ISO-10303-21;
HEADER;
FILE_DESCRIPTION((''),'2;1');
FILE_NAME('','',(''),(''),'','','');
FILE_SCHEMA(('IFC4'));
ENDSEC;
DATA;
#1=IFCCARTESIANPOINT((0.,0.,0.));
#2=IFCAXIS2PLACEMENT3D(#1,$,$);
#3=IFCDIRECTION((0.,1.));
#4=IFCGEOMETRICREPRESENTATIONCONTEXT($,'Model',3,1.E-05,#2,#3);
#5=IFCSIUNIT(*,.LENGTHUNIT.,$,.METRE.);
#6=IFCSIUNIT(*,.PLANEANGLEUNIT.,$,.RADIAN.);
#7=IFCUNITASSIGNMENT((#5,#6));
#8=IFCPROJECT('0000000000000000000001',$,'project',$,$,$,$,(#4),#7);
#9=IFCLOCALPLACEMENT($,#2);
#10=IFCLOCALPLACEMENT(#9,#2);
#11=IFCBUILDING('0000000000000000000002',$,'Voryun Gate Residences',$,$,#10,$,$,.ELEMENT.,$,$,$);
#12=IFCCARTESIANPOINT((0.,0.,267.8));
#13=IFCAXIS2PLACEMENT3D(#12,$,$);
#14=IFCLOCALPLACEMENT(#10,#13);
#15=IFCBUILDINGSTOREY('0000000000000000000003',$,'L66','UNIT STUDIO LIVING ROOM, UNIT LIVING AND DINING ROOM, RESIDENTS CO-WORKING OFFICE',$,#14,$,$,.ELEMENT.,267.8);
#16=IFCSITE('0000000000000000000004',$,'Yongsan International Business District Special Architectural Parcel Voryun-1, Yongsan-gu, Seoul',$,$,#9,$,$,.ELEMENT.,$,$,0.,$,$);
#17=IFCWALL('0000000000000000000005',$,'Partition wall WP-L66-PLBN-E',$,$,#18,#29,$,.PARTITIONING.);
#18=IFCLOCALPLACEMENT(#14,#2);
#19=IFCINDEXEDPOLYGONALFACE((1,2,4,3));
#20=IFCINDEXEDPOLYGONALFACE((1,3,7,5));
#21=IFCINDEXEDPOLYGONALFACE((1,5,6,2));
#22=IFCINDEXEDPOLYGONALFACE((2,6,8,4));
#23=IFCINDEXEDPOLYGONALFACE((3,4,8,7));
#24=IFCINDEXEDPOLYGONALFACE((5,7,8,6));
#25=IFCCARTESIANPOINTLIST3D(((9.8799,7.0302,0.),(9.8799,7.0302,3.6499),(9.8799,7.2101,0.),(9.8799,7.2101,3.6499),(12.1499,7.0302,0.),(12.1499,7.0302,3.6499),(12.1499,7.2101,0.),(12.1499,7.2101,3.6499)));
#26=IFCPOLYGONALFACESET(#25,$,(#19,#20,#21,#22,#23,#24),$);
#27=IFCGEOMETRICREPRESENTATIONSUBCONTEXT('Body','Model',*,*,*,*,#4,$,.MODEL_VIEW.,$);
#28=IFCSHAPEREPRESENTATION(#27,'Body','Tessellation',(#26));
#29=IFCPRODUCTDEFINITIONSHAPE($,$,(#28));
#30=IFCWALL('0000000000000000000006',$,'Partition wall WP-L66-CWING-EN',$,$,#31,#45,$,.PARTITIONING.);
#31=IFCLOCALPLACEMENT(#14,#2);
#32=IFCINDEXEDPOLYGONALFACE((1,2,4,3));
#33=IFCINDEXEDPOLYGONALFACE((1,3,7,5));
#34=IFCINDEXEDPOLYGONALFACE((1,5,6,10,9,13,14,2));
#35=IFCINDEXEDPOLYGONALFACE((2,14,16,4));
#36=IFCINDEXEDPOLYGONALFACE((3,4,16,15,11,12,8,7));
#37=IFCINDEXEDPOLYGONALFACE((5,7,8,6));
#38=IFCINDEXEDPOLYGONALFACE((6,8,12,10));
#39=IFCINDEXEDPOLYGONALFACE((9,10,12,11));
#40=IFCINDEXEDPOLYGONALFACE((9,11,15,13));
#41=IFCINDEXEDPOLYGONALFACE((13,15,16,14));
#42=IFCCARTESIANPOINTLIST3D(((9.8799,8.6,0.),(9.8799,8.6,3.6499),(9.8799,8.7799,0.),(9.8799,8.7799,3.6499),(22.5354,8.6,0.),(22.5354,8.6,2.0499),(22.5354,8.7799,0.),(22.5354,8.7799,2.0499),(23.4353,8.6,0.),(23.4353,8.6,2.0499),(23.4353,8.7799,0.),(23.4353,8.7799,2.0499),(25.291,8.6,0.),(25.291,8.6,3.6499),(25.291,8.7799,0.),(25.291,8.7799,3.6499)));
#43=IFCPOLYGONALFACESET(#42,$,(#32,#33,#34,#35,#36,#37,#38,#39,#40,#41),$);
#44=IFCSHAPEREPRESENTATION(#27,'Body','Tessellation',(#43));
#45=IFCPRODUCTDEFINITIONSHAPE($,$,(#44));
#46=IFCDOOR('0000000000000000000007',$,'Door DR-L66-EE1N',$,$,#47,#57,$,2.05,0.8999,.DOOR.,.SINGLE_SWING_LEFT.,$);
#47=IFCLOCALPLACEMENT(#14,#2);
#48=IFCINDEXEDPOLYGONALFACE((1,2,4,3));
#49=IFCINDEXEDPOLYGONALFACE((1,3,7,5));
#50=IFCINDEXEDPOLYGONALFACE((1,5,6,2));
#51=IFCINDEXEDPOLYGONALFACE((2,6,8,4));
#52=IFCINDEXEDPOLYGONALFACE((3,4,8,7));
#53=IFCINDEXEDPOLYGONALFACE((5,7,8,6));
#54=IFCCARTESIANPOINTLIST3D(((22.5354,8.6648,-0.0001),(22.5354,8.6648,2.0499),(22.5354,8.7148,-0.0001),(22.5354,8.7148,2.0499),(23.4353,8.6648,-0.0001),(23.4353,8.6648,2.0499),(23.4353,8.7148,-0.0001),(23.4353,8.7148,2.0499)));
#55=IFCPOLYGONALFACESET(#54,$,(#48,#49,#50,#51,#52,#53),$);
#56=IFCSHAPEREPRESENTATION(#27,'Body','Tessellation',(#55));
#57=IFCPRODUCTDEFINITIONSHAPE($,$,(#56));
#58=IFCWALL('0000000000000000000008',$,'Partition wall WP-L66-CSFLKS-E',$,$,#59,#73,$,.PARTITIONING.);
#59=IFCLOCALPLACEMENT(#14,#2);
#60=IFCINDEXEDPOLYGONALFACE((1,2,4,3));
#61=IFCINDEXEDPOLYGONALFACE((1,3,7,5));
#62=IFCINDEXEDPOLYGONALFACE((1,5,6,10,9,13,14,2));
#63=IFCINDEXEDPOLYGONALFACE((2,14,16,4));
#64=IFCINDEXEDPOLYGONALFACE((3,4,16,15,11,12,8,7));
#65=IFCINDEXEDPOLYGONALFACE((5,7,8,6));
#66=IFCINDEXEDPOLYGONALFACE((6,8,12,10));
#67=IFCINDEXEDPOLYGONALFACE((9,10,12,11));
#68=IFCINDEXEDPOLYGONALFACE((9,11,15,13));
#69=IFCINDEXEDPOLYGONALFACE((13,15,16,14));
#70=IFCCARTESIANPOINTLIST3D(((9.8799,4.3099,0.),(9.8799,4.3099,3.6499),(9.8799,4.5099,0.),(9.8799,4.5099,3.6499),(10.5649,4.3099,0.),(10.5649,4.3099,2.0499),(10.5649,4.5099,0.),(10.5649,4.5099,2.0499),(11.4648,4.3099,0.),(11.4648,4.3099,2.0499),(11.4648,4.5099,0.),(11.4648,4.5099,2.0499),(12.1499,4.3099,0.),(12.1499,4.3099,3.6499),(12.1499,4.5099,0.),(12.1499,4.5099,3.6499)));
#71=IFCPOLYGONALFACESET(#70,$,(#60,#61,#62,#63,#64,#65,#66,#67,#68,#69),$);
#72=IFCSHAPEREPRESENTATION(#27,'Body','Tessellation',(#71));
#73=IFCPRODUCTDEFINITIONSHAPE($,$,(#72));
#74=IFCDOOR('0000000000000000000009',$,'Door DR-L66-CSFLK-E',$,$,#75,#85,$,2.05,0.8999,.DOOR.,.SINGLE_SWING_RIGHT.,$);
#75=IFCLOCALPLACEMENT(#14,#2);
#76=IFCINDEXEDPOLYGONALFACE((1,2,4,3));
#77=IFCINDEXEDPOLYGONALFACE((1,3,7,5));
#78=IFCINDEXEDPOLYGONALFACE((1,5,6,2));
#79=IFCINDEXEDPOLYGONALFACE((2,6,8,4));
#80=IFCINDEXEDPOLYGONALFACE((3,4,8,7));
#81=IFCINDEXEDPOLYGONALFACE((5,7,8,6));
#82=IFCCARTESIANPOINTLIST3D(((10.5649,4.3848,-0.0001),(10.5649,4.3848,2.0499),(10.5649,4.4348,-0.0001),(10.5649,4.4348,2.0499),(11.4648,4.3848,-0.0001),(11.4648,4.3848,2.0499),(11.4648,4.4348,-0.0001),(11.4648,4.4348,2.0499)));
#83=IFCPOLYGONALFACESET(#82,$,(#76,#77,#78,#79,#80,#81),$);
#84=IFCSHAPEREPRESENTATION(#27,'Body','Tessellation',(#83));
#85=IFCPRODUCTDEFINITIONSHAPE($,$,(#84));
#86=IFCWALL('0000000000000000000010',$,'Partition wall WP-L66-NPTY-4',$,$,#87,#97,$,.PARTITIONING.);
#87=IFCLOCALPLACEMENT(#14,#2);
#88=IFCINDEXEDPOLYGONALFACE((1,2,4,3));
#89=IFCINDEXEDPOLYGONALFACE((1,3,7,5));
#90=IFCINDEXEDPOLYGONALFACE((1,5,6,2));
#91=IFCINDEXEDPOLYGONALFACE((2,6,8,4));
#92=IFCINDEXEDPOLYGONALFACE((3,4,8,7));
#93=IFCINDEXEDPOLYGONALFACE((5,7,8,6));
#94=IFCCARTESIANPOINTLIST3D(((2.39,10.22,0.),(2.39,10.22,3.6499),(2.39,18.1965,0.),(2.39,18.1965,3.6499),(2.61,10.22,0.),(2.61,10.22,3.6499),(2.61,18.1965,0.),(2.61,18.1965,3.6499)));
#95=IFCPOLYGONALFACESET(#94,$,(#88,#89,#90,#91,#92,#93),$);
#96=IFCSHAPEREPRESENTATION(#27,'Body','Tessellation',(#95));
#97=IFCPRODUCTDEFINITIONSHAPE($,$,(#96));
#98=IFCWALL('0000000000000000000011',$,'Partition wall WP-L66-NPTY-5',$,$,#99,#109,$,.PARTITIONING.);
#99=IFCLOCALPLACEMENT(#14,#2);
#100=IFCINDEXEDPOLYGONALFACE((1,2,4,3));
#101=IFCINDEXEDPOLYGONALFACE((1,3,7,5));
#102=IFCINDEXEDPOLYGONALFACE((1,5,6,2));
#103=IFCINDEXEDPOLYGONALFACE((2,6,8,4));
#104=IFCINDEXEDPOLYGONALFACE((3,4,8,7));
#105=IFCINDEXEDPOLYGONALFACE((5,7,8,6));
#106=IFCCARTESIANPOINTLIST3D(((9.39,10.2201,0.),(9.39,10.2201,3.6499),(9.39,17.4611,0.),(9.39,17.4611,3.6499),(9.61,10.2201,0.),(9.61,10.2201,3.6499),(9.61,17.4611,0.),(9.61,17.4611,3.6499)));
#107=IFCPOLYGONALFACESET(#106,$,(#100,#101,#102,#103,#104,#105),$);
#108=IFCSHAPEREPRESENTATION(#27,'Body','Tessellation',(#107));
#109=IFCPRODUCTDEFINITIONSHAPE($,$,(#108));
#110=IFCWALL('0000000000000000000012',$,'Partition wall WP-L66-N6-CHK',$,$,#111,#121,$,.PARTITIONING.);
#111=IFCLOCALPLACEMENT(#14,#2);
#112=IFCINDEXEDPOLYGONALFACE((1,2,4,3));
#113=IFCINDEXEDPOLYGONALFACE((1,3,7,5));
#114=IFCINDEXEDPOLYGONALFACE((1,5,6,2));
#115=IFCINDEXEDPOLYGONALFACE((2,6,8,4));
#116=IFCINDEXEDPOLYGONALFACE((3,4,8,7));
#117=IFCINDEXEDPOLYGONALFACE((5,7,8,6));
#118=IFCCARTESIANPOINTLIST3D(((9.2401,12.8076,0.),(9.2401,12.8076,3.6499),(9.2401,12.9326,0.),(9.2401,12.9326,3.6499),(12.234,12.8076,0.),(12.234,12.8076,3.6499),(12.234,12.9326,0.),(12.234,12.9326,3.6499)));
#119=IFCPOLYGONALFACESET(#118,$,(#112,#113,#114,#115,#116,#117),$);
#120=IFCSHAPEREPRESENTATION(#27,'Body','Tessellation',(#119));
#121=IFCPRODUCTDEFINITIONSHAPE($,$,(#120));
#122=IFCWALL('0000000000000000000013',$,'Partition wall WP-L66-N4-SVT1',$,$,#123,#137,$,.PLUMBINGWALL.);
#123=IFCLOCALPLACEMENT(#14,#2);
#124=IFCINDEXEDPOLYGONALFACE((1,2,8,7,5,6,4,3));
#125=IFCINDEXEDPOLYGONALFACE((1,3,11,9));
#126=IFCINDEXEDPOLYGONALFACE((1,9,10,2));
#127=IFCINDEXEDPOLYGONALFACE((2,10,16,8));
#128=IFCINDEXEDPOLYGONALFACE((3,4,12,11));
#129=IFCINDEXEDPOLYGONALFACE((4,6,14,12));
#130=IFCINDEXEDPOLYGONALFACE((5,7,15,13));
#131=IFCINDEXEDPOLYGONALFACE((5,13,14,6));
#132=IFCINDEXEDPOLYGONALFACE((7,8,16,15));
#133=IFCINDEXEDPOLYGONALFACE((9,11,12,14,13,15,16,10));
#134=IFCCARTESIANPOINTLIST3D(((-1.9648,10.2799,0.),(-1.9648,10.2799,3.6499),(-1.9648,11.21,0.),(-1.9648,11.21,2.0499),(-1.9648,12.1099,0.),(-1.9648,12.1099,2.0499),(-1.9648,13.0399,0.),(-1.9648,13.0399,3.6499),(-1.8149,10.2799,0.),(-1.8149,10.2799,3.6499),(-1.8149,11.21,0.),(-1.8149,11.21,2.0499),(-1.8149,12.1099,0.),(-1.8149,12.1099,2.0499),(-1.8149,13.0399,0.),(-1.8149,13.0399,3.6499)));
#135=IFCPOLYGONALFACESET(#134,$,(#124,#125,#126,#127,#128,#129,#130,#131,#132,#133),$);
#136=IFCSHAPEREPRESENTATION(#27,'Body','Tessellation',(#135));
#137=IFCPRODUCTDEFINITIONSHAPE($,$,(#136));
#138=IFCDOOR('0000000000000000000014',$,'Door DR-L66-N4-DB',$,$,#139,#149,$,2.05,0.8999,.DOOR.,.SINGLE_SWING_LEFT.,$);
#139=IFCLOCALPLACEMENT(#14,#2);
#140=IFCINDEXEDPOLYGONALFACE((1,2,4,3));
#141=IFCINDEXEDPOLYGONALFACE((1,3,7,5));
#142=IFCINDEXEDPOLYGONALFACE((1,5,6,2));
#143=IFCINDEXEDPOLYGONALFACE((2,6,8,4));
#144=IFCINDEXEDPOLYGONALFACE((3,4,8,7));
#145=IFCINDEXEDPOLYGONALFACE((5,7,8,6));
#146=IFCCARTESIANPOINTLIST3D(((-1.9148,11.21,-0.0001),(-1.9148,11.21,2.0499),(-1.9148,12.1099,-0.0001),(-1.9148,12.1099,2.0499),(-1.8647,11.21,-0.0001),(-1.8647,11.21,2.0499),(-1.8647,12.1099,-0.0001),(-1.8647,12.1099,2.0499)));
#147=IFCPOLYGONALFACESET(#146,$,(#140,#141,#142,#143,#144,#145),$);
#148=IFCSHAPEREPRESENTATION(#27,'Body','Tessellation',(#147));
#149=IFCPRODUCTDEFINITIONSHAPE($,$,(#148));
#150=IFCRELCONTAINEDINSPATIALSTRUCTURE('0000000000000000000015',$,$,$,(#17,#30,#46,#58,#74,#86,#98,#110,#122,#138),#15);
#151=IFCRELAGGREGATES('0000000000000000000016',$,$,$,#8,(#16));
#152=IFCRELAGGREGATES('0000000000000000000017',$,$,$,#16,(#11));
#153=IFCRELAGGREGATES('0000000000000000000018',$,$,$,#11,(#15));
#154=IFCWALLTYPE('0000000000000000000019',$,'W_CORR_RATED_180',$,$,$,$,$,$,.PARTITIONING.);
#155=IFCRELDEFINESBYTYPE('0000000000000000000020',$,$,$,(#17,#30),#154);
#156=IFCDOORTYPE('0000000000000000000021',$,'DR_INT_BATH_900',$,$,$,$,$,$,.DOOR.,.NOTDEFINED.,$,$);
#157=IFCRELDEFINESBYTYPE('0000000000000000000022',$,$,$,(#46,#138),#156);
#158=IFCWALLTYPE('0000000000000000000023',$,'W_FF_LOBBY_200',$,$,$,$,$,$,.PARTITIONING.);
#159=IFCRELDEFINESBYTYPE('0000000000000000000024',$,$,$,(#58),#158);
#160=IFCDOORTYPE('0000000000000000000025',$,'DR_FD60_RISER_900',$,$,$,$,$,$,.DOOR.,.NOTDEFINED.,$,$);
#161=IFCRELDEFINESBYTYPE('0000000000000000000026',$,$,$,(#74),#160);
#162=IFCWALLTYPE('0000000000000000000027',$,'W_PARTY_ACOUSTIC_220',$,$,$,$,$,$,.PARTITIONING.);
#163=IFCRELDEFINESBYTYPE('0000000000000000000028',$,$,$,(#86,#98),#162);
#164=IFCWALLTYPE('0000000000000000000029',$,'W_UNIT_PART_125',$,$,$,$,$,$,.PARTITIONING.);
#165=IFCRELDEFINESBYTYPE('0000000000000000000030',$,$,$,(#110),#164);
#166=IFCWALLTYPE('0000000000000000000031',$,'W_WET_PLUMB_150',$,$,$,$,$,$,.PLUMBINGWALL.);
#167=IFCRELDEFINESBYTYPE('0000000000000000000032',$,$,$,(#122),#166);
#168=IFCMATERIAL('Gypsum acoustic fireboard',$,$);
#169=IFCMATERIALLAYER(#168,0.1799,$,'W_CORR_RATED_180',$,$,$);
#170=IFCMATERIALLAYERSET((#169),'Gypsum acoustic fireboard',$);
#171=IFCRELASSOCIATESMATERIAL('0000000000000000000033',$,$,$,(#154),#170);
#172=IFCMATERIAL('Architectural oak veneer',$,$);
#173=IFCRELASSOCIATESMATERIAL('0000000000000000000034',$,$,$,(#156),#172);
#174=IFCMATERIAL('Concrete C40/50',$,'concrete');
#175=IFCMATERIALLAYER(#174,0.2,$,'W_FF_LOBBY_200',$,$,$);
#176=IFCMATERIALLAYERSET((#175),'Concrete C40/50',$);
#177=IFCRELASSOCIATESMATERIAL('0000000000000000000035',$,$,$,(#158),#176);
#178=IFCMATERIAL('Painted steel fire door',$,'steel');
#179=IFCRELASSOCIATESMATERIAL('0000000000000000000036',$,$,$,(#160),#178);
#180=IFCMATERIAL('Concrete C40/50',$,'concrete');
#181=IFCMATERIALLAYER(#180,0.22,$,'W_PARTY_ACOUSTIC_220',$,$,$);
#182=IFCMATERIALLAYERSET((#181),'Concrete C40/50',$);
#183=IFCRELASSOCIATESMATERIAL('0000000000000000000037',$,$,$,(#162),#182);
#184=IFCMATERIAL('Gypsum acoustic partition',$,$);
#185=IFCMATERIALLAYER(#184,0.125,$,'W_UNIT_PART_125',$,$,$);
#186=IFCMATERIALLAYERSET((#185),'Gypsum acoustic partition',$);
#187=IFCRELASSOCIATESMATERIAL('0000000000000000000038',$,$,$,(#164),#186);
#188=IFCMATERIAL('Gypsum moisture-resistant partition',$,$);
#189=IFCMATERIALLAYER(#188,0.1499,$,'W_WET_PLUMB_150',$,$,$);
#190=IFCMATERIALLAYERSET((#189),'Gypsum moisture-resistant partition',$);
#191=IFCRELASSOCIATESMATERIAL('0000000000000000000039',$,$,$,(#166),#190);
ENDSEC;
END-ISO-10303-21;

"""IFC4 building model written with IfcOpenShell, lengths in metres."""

from ifc_helpers import new_model, si_unit, direction, frame, frame_2d, origin, place, context, subcontext, project, spatial, rectangle, extrude, material, layer, layer_set, type_object, element, fill, save


model = new_model("IFC4")

# Units and contexts
model_context = context("Model", 3, precision=1e-05, world=origin(), true_north=direction((0.0, 1.0)))
body_context = subcontext(model_context, "Body", "Model", "MODEL_VIEW")
ifc_project = project(units=[si_unit("LENGTHUNIT", "METRE"), si_unit("PLANEANGLEUNIT", "RADIAN")], contexts=[model_context])

# Site, building, storey
site_placement = place(None, origin())
site = spatial("IfcSite", under=ifc_project, at=site_placement, Name="Yongsan International Business District Special Architectural Parcel Voryun-1, Yongsan-gu, Seoul", CompositionType="ELEMENT", RefElevation=0.0)
building_placement = place(site_placement, origin())
building = spatial("IfcBuilding", under=site, at=building_placement, Name="Voryun Gate Residences", CompositionType="ELEMENT")
storey_placement = place(building_placement, frame((0.0, 0.0, 267.8)))
storey = spatial("IfcBuildingStorey", under=building, at=storey_placement, Name="L66", Description="UNIT STUDIO LIVING ROOM, UNIT LIVING AND DINING ROOM, RESIDENTS CO-WORKING OFFICE", CompositionType="ELEMENT", Elevation=267.8)

# Wall
ifc_material_1 = material(Name="Gypsum acoustic fireboard")
ifc_layer_1 = layer(ifc_material_1, 0.1799, Name="W_CORR_RATED_180")
ifc_layer_set_1 = layer_set([ifc_layer_1], Name="Gypsum acoustic fireboard")
wall_type_1 = type_object("IfcWallType", Name="W_CORR_RATED_180", PredefinedType="PARTITIONING", material=ifc_layer_set_1)
wall_1_placement = place(storey_placement, frame((9.8799, 7.1201, 0.0), z_axis=(0.0, 0.0, 1.0), x_axis=(1.0, 0.0, 0.0)))
element("IfcWall", 1, at=wall_1_placement, inside=storey, type_object=wall_type_1, Name="Partition wall WP-L66-PLBN-E", PredefinedType="PARTITIONING", context=body_context, shape_type="SweptSolid", body=[
    extrude(rectangle(XDim=2.27, YDim=0.1799, at=frame_2d((1.135, 0.0))), origin(), (0.0, 0.0, 1.0), 3.6499),
])

# Walls, openings, doors
wall_2_placement = place(storey_placement, frame((9.8799, 8.6899, 0.0), z_axis=(0.0, 0.0, 1.0), x_axis=(1.0, 0.0, 0.0)))
wall_2 = element("IfcWall", 2, at=wall_2_placement, inside=storey, type_object=wall_type_1, Name="Partition wall WP-L66-CWING-EN", PredefinedType="PARTITIONING", context=body_context, shape_type="SweptSolid", body=[
    extrude(rectangle(XDim=15.4111, YDim=0.1799, at=frame_2d((7.7056, 0.0))), origin(), (0.0, 0.0, 1.0), 3.6499),
])
opening_1_placement = place(wall_2_placement, frame((12.6555, 0.0, 0.0)))
opening_1 = element("IfcOpeningElement", 3, at=opening_1_placement, cuts=wall_2, PredefinedType="OPENING", context=body_context, shape_type="SweptSolid", body=[
    extrude(rectangle(XDim=0.8999, YDim=2.05, at=frame_2d((0.45, 1.0249))), frame((0.0, 0.0999, 0.0), z_axis=(0.0, -1.0, 0.0), x_axis=(1.0, 0.0, 0.0)), (0.0, 0.0, 1.0), 0.2),
])
ifc_material_2 = material(Name="Architectural oak veneer")
door_type_1 = type_object("IfcDoorType", Name="DR_INT_BATH_900", OperationType="NOTDEFINED", PredefinedType="DOOR", material=ifc_material_2)
door_1_placement = place(opening_1_placement, origin())
door_1 = element("IfcDoor", 4, at=door_1_placement, inside=storey, type_object=door_type_1, Name="Door DR-L66-EE1N", OperationType="SINGLE_SWING_LEFT", OverallHeight=2.05, OverallWidth=0.8999, PredefinedType="DOOR", context=body_context, shape_type="SweptSolid", body=[
    extrude(rectangle(XDim=0.8999, YDim=2.05, at=frame_2d((0.45, 1.0249))), frame((0.0, 0.0249, 0.0), z_axis=(0.0, -1.0, 0.0), x_axis=(1.0, 0.0, 0.0)), (0.0, 0.0, 1.0), 0.05),
])
fill(opening_1, door_1)
ifc_material_3 = material(Name="Concrete C40/50", Category="concrete")
ifc_layer_2 = layer(ifc_material_3, 0.2, Name="W_FF_LOBBY_200")
ifc_layer_set_2 = layer_set([ifc_layer_2], Name="Concrete C40/50")
wall_type_2 = type_object("IfcWallType", Name="W_FF_LOBBY_200", PredefinedType="PARTITIONING", material=ifc_layer_set_2)
wall_3_placement = place(storey_placement, frame((9.8799, 4.4099, 0.0), z_axis=(0.0, 0.0, 1.0), x_axis=(1.0, 0.0, 0.0)))
wall_3 = element("IfcWall", 5, at=wall_3_placement, inside=storey, type_object=wall_type_2, Name="Partition wall WP-L66-CSFLKS-E", PredefinedType="PARTITIONING", context=body_context, shape_type="SweptSolid", body=[
    extrude(rectangle(XDim=2.27, YDim=0.2, at=frame_2d((1.135, 0.0))), origin(), (0.0, 0.0, 1.0), 3.6499),
])
opening_2_placement = place(wall_3_placement, frame((0.6851, 0.0, 0.0)))
opening_2 = element("IfcOpeningElement", 6, at=opening_2_placement, cuts=wall_3, PredefinedType="OPENING", context=body_context, shape_type="SweptSolid", body=[
    extrude(rectangle(XDim=0.8999, YDim=2.05, at=frame_2d((0.45, 1.0249))), frame((0.0, 0.1101, 0.0), z_axis=(0.0, -1.0, 0.0), x_axis=(1.0, 0.0, 0.0)), (0.0, 0.0, 1.0), 0.22),
])
ifc_material_4 = material(Name="Painted steel fire door", Category="steel")
door_type_2 = type_object("IfcDoorType", Name="DR_FD60_RISER_900", OperationType="NOTDEFINED", PredefinedType="DOOR", material=ifc_material_4)
door_2_placement = place(opening_2_placement, origin())
door_2 = element("IfcDoor", 7, at=door_2_placement, inside=storey, type_object=door_type_2, Name="Door DR-L66-CSFLK-E", OperationType="SINGLE_SWING_RIGHT", OverallHeight=2.05, OverallWidth=0.8999, PredefinedType="DOOR", context=body_context, shape_type="SweptSolid", body=[
    extrude(rectangle(XDim=0.8999, YDim=2.05, at=frame_2d((0.45, 1.0249))), frame((0.0, 0.0249, 0.0), z_axis=(0.0, -1.0, 0.0), x_axis=(1.0, 0.0, 0.0)), (0.0, 0.0, 1.0), 0.05),
])
fill(opening_2, door_2)

# Walls
ifc_material_5 = material(Name="Concrete C40/50", Category="concrete")
ifc_layer_3 = layer(ifc_material_5, 0.22, Name="W_PARTY_ACOUSTIC_220")
ifc_layer_set_3 = layer_set([ifc_layer_3], Name="Concrete C40/50")
wall_type_3 = type_object("IfcWallType", Name="W_PARTY_ACOUSTIC_220", PredefinedType="PARTITIONING", material=ifc_layer_set_3)
wall_4_placement = place(storey_placement, frame((2.5, 10.22, 0.0), z_axis=(0.0, 0.0, 1.0), x_axis=(0.0, 1.0, 0.0)))
element("IfcWall", 8, at=wall_4_placement, inside=storey, type_object=wall_type_3, Name="Partition wall WP-L66-NPTY-4", PredefinedType="PARTITIONING", context=body_context, shape_type="SweptSolid", body=[
    extrude(rectangle(XDim=7.9766, YDim=0.22, at=frame_2d((3.9883, 0.0))), origin(), (0.0, 0.0, 1.0), 3.6499),
])
wall_5_placement = place(storey_placement, frame((9.5, 10.22, 0.0), z_axis=(0.0, 0.0, 1.0), x_axis=(0.0, 1.0, 0.0)))
element("IfcWall", 9, at=wall_5_placement, inside=storey, type_object=wall_type_3, Name="Partition wall WP-L66-NPTY-5", PredefinedType="PARTITIONING", context=body_context, shape_type="SweptSolid", body=[
    extrude(rectangle(XDim=7.241, YDim=0.22, at=frame_2d((3.6206, 0.0))), origin(), (0.0, 0.0, 1.0), 3.6499),
])
ifc_material_6 = material(Name="Gypsum acoustic partition")
ifc_layer_4 = layer(ifc_material_6, 0.125, Name="W_UNIT_PART_125")
ifc_layer_set_4 = layer_set([ifc_layer_4], Name="Gypsum acoustic partition")
wall_type_4 = type_object("IfcWallType", Name="W_UNIT_PART_125", PredefinedType="PARTITIONING", material=ifc_layer_set_4)
wall_6_placement = place(storey_placement, frame((9.24, 12.8701, 0.0), z_axis=(0.0, 0.0, 1.0), x_axis=(1.0, 0.0, 0.0)))
element("IfcWall", 10, at=wall_6_placement, inside=storey, type_object=wall_type_4, Name="Partition wall WP-L66-N6-CHK", PredefinedType="PARTITIONING", context=body_context, shape_type="SweptSolid", body=[
    extrude(rectangle(XDim=2.9939, YDim=0.125, at=frame_2d((1.4971, 0.0))), origin(), (0.0, 0.0, 1.0), 3.6499),
])

# Wall, opening, door
ifc_material_7 = material(Name="Gypsum moisture-resistant partition")
ifc_layer_5 = layer(ifc_material_7, 0.1499, Name="W_WET_PLUMB_150")
ifc_layer_set_5 = layer_set([ifc_layer_5], Name="Gypsum moisture-resistant partition")
wall_type_5 = type_object("IfcWallType", Name="W_WET_PLUMB_150", PredefinedType="PLUMBINGWALL", material=ifc_layer_set_5)
wall_7_placement = place(storey_placement, frame((-1.8899, 10.28, 0.0), z_axis=(0.0, 0.0, 1.0), x_axis=(0.0, 1.0, 0.0)))
wall_7 = element("IfcWall", 11, at=wall_7_placement, inside=storey, type_object=wall_type_5, Name="Partition wall WP-L66-N4-SVT1", PredefinedType="PLUMBINGWALL", context=body_context, shape_type="SweptSolid", body=[
    extrude(rectangle(XDim=2.76, YDim=0.1499, at=frame_2d((1.3799, 0.0))), origin(), (0.0, 0.0, 1.0), 3.6499),
])
opening_3_placement = place(wall_7_placement, frame((0.9299, 0.0, 0.0)))
opening_3 = element("IfcOpeningElement", 12, at=opening_3_placement, cuts=wall_7, PredefinedType="OPENING", context=body_context, shape_type="SweptSolid", body=[
    extrude(rectangle(XDim=0.8999, YDim=2.05, at=frame_2d((0.45, 1.0249))), frame((0.0, 0.085, 0.0), z_axis=(0.0, -1.0, 0.0), x_axis=(1.0, 0.0, 0.0)), (0.0, 0.0, 1.0), 0.1699),
])
door_3_placement = place(opening_3_placement, origin())
door_3 = element("IfcDoor", 13, at=door_3_placement, inside=storey, type_object=door_type_1, Name="Door DR-L66-N4-DB", OperationType="SINGLE_SWING_LEFT", OverallHeight=2.05, OverallWidth=0.8999, PredefinedType="DOOR", context=body_context, shape_type="SweptSolid", body=[
    extrude(rectangle(XDim=0.8999, YDim=2.05, at=frame_2d((0.45, 1.0249))), frame((0.0, 0.0249, 0.0), z_axis=(0.0, -1.0, 0.0), x_axis=(1.0, 0.0, 0.0)), (0.0, 0.0, 1.0), 0.05),
])
fill(opening_3, door_3)

save(model, "model.ifc")
